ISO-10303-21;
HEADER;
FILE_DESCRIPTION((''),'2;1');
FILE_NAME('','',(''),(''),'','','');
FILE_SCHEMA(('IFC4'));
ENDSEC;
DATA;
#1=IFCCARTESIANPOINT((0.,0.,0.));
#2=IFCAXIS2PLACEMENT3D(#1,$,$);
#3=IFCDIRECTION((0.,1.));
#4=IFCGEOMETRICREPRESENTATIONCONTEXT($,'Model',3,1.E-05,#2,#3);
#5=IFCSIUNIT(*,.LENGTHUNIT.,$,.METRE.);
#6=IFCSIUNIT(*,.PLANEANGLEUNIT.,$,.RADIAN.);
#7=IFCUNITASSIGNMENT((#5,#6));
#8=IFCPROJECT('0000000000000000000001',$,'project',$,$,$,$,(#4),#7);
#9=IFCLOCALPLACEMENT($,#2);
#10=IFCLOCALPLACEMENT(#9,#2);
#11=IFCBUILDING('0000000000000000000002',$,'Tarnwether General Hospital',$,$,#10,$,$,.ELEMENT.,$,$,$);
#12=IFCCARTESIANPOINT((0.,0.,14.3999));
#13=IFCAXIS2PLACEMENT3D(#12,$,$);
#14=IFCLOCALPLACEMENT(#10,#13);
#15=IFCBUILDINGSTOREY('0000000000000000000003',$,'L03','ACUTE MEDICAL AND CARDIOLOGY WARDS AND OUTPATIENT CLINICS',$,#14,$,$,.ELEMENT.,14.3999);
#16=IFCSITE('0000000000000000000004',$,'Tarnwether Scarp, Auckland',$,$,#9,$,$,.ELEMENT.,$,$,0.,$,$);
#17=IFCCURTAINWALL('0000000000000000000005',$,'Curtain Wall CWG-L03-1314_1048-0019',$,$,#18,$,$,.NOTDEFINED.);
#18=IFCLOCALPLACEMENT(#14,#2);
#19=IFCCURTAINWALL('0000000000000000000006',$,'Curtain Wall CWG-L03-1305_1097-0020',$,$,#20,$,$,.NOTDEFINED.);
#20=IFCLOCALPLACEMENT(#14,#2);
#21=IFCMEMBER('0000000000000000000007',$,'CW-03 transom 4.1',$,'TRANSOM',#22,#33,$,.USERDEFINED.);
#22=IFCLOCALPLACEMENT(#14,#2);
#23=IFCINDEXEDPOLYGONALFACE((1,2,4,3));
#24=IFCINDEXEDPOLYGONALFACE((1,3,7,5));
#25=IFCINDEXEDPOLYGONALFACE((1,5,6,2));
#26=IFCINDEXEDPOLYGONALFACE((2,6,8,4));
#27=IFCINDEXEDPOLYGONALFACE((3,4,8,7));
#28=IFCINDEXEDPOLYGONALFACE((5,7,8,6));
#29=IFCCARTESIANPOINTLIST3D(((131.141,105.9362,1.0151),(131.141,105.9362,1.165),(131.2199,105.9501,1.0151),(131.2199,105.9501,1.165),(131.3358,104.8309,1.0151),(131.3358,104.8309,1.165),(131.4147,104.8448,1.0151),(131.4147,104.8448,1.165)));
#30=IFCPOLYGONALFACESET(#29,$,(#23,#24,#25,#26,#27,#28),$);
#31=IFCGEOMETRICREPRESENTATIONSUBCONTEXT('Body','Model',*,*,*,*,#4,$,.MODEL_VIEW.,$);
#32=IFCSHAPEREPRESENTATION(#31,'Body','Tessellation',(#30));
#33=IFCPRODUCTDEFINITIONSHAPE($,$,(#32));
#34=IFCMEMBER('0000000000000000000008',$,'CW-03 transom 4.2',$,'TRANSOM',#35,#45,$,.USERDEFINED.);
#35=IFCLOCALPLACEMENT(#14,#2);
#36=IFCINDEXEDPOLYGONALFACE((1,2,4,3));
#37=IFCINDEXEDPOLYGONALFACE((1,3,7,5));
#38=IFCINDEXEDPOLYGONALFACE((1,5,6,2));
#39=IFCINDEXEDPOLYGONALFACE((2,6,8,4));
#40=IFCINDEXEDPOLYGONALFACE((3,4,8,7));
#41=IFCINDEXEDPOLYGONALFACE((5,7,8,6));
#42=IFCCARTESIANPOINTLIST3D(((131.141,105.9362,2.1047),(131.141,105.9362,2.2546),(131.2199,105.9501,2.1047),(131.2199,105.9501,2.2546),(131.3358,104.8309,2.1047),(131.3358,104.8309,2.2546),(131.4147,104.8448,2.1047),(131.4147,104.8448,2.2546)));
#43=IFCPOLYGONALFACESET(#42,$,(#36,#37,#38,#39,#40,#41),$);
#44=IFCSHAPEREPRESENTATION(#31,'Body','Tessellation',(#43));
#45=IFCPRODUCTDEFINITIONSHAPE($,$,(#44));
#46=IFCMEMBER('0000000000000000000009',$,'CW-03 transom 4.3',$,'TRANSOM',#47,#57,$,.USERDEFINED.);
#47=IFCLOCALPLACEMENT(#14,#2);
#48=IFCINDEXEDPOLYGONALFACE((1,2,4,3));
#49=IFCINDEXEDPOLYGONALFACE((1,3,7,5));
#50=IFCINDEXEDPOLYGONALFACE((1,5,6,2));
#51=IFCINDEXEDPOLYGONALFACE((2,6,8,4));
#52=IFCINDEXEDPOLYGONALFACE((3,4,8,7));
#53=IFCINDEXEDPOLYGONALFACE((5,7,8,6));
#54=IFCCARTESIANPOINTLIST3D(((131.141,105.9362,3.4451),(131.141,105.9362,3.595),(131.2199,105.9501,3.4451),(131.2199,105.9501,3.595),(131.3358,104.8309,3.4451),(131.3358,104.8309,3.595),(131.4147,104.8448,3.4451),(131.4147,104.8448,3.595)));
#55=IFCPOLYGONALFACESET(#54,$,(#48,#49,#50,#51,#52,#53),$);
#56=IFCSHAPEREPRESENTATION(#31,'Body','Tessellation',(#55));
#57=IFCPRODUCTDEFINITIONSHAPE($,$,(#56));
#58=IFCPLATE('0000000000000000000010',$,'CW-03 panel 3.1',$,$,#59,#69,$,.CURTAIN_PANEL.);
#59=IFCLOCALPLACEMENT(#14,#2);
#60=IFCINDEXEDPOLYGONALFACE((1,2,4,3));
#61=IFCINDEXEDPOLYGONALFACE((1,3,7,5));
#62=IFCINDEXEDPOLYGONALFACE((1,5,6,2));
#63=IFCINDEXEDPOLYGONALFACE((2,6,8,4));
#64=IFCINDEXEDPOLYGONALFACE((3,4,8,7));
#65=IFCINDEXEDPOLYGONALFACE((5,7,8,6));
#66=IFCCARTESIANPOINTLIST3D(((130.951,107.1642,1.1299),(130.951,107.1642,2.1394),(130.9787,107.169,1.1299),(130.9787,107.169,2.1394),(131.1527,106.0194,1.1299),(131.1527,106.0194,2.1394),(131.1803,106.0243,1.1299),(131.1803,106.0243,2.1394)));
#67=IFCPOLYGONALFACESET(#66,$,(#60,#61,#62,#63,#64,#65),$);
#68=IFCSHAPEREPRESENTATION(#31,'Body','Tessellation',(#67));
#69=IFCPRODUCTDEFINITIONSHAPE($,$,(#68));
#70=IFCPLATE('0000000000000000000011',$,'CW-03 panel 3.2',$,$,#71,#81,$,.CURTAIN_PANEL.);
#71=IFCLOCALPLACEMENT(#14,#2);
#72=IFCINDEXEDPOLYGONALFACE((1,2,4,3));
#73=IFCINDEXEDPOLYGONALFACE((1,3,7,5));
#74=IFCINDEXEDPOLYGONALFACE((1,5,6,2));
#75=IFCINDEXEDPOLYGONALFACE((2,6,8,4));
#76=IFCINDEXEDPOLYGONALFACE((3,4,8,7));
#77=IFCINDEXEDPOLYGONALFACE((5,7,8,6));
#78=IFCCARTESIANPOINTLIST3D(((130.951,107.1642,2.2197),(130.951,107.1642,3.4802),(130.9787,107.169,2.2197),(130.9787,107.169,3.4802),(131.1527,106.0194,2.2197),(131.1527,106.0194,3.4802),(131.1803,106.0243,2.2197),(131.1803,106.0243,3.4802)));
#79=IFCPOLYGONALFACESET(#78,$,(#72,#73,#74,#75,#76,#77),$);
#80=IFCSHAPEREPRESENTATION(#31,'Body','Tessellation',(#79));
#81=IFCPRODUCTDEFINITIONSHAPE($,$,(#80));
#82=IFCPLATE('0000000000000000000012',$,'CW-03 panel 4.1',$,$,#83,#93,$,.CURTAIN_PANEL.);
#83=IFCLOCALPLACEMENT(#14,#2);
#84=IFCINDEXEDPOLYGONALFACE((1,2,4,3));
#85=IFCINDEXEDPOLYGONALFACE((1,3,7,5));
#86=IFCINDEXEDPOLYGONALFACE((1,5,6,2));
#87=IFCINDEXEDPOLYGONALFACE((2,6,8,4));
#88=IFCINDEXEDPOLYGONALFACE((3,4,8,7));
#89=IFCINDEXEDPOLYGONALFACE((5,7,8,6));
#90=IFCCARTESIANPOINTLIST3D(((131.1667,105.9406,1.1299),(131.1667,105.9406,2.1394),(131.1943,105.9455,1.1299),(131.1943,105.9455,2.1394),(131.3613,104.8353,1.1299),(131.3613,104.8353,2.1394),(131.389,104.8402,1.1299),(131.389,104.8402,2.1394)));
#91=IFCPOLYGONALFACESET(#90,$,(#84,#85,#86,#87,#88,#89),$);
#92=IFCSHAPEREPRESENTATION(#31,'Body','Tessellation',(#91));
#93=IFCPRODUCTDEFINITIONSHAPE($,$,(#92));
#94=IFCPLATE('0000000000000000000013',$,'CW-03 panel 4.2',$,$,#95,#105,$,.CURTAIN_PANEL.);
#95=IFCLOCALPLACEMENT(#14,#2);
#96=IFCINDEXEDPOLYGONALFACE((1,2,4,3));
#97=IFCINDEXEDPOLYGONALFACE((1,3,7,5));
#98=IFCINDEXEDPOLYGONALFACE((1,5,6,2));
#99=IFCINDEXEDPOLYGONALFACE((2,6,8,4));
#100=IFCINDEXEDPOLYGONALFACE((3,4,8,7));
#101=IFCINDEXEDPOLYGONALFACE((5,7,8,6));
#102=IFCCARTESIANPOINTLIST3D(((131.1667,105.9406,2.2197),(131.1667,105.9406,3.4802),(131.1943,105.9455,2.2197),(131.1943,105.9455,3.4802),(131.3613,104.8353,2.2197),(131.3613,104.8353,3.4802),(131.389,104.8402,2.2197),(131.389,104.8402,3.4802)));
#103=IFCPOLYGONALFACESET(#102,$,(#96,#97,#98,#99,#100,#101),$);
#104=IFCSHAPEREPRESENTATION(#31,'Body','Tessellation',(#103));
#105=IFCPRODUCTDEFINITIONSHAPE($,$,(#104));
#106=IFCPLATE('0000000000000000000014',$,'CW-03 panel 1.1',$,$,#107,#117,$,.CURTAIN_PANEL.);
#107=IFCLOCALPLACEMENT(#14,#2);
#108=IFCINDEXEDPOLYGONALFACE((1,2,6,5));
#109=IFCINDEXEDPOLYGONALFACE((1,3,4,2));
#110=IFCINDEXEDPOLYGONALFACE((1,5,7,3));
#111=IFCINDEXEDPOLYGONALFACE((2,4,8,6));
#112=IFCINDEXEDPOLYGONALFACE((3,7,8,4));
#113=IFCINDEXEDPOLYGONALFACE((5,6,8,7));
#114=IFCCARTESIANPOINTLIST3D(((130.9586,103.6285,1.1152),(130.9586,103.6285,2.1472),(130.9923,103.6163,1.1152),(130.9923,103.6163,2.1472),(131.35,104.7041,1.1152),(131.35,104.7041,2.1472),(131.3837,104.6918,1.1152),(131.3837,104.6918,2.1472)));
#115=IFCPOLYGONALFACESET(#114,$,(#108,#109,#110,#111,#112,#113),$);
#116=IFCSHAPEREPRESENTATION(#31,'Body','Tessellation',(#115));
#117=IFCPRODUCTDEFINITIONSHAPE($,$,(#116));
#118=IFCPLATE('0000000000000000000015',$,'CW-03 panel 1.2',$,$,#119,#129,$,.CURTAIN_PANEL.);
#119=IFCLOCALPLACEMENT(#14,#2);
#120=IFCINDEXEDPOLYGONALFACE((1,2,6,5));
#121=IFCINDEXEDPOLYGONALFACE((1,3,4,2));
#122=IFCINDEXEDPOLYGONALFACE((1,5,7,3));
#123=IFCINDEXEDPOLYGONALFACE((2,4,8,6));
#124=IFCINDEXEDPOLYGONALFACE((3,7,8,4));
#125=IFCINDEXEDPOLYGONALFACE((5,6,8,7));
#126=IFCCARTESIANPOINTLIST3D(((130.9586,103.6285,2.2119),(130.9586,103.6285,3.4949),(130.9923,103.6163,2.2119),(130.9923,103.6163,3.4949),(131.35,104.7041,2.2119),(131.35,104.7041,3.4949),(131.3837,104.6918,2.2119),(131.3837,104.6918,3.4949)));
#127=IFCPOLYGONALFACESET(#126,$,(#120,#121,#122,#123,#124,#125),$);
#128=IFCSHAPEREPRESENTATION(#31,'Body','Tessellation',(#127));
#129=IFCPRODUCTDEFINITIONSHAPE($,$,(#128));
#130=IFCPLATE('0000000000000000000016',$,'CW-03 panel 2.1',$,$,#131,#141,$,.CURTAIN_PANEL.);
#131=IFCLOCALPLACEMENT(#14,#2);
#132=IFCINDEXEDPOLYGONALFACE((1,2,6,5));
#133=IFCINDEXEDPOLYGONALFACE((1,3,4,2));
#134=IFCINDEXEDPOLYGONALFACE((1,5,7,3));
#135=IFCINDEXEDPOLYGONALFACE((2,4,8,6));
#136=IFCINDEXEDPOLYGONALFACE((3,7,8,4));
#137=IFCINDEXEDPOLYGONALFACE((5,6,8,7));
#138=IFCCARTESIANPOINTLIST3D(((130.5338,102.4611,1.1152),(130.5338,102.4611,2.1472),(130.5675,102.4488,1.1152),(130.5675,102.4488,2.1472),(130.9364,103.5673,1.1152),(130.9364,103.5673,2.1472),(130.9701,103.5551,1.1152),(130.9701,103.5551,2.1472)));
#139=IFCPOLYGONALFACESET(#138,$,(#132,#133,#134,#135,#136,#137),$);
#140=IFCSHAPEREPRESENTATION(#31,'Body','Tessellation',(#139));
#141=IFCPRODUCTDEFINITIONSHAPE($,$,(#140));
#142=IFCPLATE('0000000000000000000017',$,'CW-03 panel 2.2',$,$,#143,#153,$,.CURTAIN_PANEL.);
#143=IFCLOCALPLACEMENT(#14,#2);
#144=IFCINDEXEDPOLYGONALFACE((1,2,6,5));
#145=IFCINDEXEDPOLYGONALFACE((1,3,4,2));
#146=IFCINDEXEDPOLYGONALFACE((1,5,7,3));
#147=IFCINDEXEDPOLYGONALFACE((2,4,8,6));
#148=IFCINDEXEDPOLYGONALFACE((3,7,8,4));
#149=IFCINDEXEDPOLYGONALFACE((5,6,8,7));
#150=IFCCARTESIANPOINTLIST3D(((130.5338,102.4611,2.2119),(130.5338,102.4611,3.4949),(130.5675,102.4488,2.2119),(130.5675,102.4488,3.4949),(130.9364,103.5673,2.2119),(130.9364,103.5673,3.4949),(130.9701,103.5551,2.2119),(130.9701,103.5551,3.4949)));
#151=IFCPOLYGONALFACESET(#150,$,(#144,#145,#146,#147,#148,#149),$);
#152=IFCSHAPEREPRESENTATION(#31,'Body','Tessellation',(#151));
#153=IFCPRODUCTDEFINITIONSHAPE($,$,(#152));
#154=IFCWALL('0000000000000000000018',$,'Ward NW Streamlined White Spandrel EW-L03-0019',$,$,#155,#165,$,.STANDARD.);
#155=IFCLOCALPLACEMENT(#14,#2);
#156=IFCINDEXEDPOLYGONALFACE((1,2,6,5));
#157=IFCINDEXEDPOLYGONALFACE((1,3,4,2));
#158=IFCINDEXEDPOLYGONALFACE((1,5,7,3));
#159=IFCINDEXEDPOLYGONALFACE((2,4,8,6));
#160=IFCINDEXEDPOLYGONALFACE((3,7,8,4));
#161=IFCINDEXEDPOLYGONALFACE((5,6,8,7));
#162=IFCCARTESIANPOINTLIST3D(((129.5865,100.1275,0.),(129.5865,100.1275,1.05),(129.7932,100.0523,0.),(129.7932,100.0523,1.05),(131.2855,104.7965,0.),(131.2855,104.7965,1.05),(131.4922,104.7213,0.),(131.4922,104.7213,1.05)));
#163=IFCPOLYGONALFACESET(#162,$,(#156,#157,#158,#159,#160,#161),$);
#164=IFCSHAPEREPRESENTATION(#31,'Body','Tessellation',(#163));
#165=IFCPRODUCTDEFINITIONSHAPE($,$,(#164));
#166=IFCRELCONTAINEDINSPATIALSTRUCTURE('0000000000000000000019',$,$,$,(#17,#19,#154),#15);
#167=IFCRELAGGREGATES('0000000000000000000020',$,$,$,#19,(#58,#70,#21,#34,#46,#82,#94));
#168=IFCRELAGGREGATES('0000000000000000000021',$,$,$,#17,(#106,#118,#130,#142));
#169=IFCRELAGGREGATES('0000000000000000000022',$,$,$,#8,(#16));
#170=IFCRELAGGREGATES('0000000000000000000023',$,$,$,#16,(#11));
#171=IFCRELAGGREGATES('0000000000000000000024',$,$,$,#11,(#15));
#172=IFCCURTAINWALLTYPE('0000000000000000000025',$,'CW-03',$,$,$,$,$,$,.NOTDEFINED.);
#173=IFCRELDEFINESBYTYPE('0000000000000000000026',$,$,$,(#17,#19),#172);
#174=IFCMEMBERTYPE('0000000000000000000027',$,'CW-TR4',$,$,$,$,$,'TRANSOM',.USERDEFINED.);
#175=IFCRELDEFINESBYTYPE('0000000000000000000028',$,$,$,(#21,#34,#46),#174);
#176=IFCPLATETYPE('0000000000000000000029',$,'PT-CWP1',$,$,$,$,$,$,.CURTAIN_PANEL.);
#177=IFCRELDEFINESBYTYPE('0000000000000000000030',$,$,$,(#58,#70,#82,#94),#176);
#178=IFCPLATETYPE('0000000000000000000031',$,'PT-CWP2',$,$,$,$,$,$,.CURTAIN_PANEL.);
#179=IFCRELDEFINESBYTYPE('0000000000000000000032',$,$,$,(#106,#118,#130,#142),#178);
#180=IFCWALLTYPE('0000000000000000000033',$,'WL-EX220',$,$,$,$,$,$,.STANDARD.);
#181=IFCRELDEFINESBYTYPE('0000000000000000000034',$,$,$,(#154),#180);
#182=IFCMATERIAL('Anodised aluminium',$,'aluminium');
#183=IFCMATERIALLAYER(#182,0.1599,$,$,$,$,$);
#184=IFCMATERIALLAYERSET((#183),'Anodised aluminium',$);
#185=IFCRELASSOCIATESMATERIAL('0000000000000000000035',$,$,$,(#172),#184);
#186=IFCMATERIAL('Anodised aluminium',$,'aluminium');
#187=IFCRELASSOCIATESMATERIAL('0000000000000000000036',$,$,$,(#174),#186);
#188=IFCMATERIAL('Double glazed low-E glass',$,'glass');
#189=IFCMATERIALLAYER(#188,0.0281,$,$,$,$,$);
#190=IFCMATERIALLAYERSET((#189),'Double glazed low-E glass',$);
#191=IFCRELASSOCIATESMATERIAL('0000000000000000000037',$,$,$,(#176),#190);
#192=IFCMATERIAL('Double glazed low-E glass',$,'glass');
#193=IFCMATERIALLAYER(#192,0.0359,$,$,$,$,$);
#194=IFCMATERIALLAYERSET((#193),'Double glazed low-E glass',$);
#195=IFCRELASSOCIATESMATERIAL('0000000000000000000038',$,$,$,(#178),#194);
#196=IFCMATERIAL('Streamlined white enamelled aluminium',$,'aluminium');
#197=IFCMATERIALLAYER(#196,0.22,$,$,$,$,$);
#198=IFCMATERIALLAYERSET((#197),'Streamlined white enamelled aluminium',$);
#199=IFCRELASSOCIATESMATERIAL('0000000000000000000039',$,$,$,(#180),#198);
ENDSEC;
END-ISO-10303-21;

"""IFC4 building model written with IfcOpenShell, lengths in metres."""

from ifc_helpers import new_model, si_unit, direction, frame, frame_2d, origin, origin_2d, place, context, subcontext, project, spatial, rectangle, extrude, material, layer, layer_set, material_profile, profile_set, type_object, element, aggregate, save


model = new_model("IFC4")

# Units and contexts
model_context = context("Model", 3, precision=1e-05, world=origin(), true_north=direction((0.0, 1.0)))
body_context = subcontext(model_context, "Body", "Model", "MODEL_VIEW")
ifc_project = project(units=[si_unit("LENGTHUNIT", "METRE"), si_unit("PLANEANGLEUNIT", "RADIAN")], contexts=[model_context])

# Site, building, storey
site_placement = place(None, origin())
site = spatial("IfcSite", under=ifc_project, at=site_placement, Name="Tarnwether Scarp, Auckland", CompositionType="ELEMENT", RefElevation=0.0)
building_placement = place(site_placement, origin())
building = spatial("IfcBuilding", under=site, at=building_placement, Name="Tarnwether General Hospital", CompositionType="ELEMENT")
storey_placement = place(building_placement, frame((0.0, 0.0, 14.3999)))
storey = spatial("IfcBuildingStorey", under=building, at=storey_placement, Name="L03", Description="ACUTE MEDICAL AND CARDIOLOGY WARDS AND OUTPATIENT CLINICS", CompositionType="ELEMENT", Elevation=14.3999)

# Curtain walls
ifc_material_1 = material(Name="Anodised aluminium", Category="aluminium")
ifc_layer_1 = layer(ifc_material_1, 0.1599)
ifc_layer_set_1 = layer_set([ifc_layer_1], Name="Anodised aluminium")
curtain_wall_type = type_object("IfcCurtainWallType", Name="CW-03", PredefinedType="NOTDEFINED", material=ifc_layer_set_1)
curtain_wall_1_placement = place(storey_placement, origin())
curtain_wall_1 = element("IfcCurtainWall", 1, at=curtain_wall_1_placement, inside=storey, type_object=curtain_wall_type, Name="Curtain Wall CWG-L03-1314_1048-0019", PredefinedType="NOTDEFINED")
curtain_wall_2_placement = place(storey_placement, origin())
curtain_wall_2 = element("IfcCurtainWall", 2, at=curtain_wall_2_placement, inside=storey, type_object=curtain_wall_type, Name="Curtain Wall CWG-L03-1305_1097-0020", PredefinedType="NOTDEFINED")

# Members
ifc_material_2 = material(Name="Anodised aluminium", Category="aluminium")
ifc_material_profile_1 = material_profile(ifc_material_2, rectangle(XDim=0.0801, YDim=0.1499, at=origin_2d()), Name="ALU-TRN-80x150")
ifc_profile_set_1 = profile_set([ifc_material_profile_1], Name="Anodised aluminium")
member_type_1 = type_object("IfcMemberType", Name="CW-TR4", ElementType="TRANSOM", PredefinedType="USERDEFINED", material=ifc_profile_set_1)
member_1_placement = place(storey_placement, frame((131.1804, 105.9431, 1.0901), z_axis=(0.173599, -0.984816, 0.0), x_axis=(0.984816, 0.173599, 0.0)))
member_1 = element("IfcMember", 3, at=member_1_placement, type_object=member_type_1, Name="CW-03 transom 4.1", ObjectType="TRANSOM", PredefinedType="USERDEFINED", context=body_context, shape_type="SweptSolid", body=[
    extrude(rectangle(XDim=0.0801, YDim=0.1499, at=origin_2d()), origin(), (0.0, 0.0, 1.0), 1.1223),
])
member_2_placement = place(storey_placement, frame((131.1804, 105.9431, 2.1797), z_axis=(0.173599, -0.984816, 0.0), x_axis=(0.984816, 0.173599, 0.0)))
member_2 = element("IfcMember", 4, at=member_2_placement, type_object=member_type_1, Name="CW-03 transom 4.2", ObjectType="TRANSOM", PredefinedType="USERDEFINED", context=body_context, shape_type="SweptSolid", body=[
    extrude(rectangle(XDim=0.0801, YDim=0.1499, at=origin_2d()), origin(), (0.0, 0.0, 1.0), 1.1223),
])
member_3_placement = place(storey_placement, frame((131.1804, 105.9431, 3.52), z_axis=(0.173599, -0.984816, 0.0), x_axis=(0.984816, 0.173599, 0.0)))
member_3 = element("IfcMember", 5, at=member_3_placement, type_object=member_type_1, Name="CW-03 transom 4.3", ObjectType="TRANSOM", PredefinedType="USERDEFINED", context=body_context, shape_type="SweptSolid", body=[
    extrude(rectangle(XDim=0.0801, YDim=0.1499, at=origin_2d()), origin(), (0.0, 0.0, 1.0), 1.1223),
])

# Plates
ifc_material_3 = material(Name="Double glazed low-E glass", Category="glass")
ifc_layer_2 = layer(ifc_material_3, 0.0281)
ifc_layer_set_2 = layer_set([ifc_layer_2], Name="Double glazed low-E glass")
plate_type_1 = type_object("IfcPlateType", Name="PT-CWP1", PredefinedType="CURTAIN_PANEL", material=ifc_layer_set_2)
plate_1_placement = place(storey_placement, frame((131.0657, 106.5942, 1.1299), z_axis=(0.0, 0.0, 1.0), x_axis=(0.173464, -0.98484, 0.0)))
plate_1 = element("IfcPlate", 6, at=plate_1_placement, type_object=plate_type_1, Name="CW-03 panel 3.1", PredefinedType="CURTAIN_PANEL", context=body_context, shape_type="SweptSolid", body=[
    extrude(rectangle(XDim=1.1624, YDim=0.0281, at=origin_2d()), origin(), (0.0, 0.0, 1.0), 1.0095),
])
plate_2_placement = place(storey_placement, frame((131.0657, 106.5942, 2.2197), z_axis=(0.0, 0.0, 1.0), x_axis=(0.173464, -0.98484, 0.0)))
plate_2 = element("IfcPlate", 7, at=plate_2_placement, type_object=plate_type_1, Name="CW-03 panel 3.2", PredefinedType="CURTAIN_PANEL", context=body_context, shape_type="SweptSolid", body=[
    extrude(rectangle(XDim=1.1624, YDim=0.0281, at=origin_2d()), origin(), (0.0, 0.0, 1.0), 1.2605),
])
plate_3_placement = place(storey_placement, frame((131.2778, 105.3904, 1.1299), z_axis=(0.0, 0.0, 1.0), x_axis=(0.173464, -0.98484, 0.0)))
plate_3 = element("IfcPlate", 8, at=plate_3_placement, type_object=plate_type_1, Name="CW-03 panel 4.1", PredefinedType="CURTAIN_PANEL", context=body_context, shape_type="SweptSolid", body=[
    extrude(rectangle(XDim=1.1223, YDim=0.0281, at=origin_2d()), origin(), (0.0, 0.0, 1.0), 1.0095),
])
plate_4_placement = place(storey_placement, frame((131.2778, 105.3904, 2.2197), z_axis=(0.0, 0.0, 1.0), x_axis=(0.173464, -0.98484, 0.0)))
plate_4 = element("IfcPlate", 9, at=plate_4_placement, type_object=plate_type_1, Name="CW-03 panel 4.2", PredefinedType="CURTAIN_PANEL", context=body_context, shape_type="SweptSolid", body=[
    extrude(rectangle(XDim=1.1223, YDim=0.0281, at=origin_2d()), origin(), (0.0, 0.0, 1.0), 1.2605),
])
aggregate(curtain_wall_2, [plate_1, plate_2, member_1, member_2, member_3, plate_3, plate_4])
ifc_material_4 = material(Name="Double glazed low-E glass", Category="glass")
ifc_layer_3 = layer(ifc_material_4, 0.0359)
ifc_layer_set_3 = layer_set([ifc_layer_3], Name="Double glazed low-E glass")
plate_type_2 = type_object("IfcPlateType", Name="PT-CWP2", PredefinedType="CURTAIN_PANEL", material=ifc_layer_set_3)
plate_5_placement = place(storey_placement, frame((131.1711, 104.1602, 1.1152), z_axis=(0.0, 0.0, 1.0), x_axis=(-0.341953, -0.939717, 0.0)))
plate_5 = element("IfcPlate", 10, at=plate_5_placement, type_object=plate_type_2, Name="CW-03 panel 1.1", PredefinedType="CURTAIN_PANEL", context=body_context, shape_type="SweptSolid", body=[
    extrude(rectangle(XDim=1.1445, YDim=0.0359, at=origin_2d()), origin(), (0.0, 0.0, 1.0), 1.032),
])
plate_6_placement = place(storey_placement, frame((131.1711, 104.1602, 2.2119), z_axis=(0.0, 0.0, 1.0), x_axis=(-0.341953, -0.939717, 0.0)))
plate_6 = element("IfcPlate", 11, at=plate_6_placement, type_object=plate_type_2, Name="CW-03 panel 1.2", PredefinedType="CURTAIN_PANEL", context=body_context, shape_type="SweptSolid", body=[
    extrude(rectangle(XDim=1.1445, YDim=0.0359, at=origin_2d()), origin(), (0.0, 0.0, 1.0), 1.283),
])
plate_7_placement = place(storey_placement, frame((130.752, 103.0081, 1.1152), z_axis=(0.0, 0.0, 1.0), x_axis=(-0.341953, -0.939717, 0.0)))
plate_7 = element("IfcPlate", 12, at=plate_7_placement, type_object=plate_type_2, Name="CW-03 panel 2.1", PredefinedType="CURTAIN_PANEL", context=body_context, shape_type="SweptSolid", body=[
    extrude(rectangle(XDim=1.1772, YDim=0.0359, at=origin_2d()), origin(), (0.0, 0.0, 1.0), 1.032),
])
plate_8_placement = place(storey_placement, frame((130.752, 103.0081, 2.2119), z_axis=(0.0, 0.0, 1.0), x_axis=(-0.341953, -0.939717, 0.0)))
plate_8 = element("IfcPlate", 13, at=plate_8_placement, type_object=plate_type_2, Name="CW-03 panel 2.2", PredefinedType="CURTAIN_PANEL", context=body_context, shape_type="SweptSolid", body=[
    extrude(rectangle(XDim=1.1772, YDim=0.0359, at=origin_2d()), origin(), (0.0, 0.0, 1.0), 1.283),
])
aggregate(curtain_wall_1, [plate_5, plate_6, plate_7, plate_8])

# Wall
ifc_material_5 = material(Name="Streamlined white enamelled aluminium", Category="aluminium")
ifc_layer_4 = layer(ifc_material_5, 0.22)
ifc_layer_set_4 = layer_set([ifc_layer_4], Name="Streamlined white enamelled aluminium")
wall_type = type_object("IfcWallType", Name="WL-EX220", PredefinedType="STANDARD", material=ifc_layer_set_4)
wall_placement = place(storey_placement, frame((131.3889, 104.759, 0.0), z_axis=(0.0, 0.0, 1.0), x_axis=(-0.341952, -0.939717, 0.0)))
element("IfcWall", 14, at=wall_placement, inside=storey, type_object=wall_type, Name="Ward NW Streamlined White Spandrel EW-L03-0019", PredefinedType="STANDARD", context=body_context, shape_type="SweptSolid", body=[
    extrude(rectangle(XDim=4.9685, YDim=0.22, at=frame_2d((2.4844, 0.0))), origin(), (0.0, 0.0, 1.0), 1.05),
])

save(model, "model.ifc")
